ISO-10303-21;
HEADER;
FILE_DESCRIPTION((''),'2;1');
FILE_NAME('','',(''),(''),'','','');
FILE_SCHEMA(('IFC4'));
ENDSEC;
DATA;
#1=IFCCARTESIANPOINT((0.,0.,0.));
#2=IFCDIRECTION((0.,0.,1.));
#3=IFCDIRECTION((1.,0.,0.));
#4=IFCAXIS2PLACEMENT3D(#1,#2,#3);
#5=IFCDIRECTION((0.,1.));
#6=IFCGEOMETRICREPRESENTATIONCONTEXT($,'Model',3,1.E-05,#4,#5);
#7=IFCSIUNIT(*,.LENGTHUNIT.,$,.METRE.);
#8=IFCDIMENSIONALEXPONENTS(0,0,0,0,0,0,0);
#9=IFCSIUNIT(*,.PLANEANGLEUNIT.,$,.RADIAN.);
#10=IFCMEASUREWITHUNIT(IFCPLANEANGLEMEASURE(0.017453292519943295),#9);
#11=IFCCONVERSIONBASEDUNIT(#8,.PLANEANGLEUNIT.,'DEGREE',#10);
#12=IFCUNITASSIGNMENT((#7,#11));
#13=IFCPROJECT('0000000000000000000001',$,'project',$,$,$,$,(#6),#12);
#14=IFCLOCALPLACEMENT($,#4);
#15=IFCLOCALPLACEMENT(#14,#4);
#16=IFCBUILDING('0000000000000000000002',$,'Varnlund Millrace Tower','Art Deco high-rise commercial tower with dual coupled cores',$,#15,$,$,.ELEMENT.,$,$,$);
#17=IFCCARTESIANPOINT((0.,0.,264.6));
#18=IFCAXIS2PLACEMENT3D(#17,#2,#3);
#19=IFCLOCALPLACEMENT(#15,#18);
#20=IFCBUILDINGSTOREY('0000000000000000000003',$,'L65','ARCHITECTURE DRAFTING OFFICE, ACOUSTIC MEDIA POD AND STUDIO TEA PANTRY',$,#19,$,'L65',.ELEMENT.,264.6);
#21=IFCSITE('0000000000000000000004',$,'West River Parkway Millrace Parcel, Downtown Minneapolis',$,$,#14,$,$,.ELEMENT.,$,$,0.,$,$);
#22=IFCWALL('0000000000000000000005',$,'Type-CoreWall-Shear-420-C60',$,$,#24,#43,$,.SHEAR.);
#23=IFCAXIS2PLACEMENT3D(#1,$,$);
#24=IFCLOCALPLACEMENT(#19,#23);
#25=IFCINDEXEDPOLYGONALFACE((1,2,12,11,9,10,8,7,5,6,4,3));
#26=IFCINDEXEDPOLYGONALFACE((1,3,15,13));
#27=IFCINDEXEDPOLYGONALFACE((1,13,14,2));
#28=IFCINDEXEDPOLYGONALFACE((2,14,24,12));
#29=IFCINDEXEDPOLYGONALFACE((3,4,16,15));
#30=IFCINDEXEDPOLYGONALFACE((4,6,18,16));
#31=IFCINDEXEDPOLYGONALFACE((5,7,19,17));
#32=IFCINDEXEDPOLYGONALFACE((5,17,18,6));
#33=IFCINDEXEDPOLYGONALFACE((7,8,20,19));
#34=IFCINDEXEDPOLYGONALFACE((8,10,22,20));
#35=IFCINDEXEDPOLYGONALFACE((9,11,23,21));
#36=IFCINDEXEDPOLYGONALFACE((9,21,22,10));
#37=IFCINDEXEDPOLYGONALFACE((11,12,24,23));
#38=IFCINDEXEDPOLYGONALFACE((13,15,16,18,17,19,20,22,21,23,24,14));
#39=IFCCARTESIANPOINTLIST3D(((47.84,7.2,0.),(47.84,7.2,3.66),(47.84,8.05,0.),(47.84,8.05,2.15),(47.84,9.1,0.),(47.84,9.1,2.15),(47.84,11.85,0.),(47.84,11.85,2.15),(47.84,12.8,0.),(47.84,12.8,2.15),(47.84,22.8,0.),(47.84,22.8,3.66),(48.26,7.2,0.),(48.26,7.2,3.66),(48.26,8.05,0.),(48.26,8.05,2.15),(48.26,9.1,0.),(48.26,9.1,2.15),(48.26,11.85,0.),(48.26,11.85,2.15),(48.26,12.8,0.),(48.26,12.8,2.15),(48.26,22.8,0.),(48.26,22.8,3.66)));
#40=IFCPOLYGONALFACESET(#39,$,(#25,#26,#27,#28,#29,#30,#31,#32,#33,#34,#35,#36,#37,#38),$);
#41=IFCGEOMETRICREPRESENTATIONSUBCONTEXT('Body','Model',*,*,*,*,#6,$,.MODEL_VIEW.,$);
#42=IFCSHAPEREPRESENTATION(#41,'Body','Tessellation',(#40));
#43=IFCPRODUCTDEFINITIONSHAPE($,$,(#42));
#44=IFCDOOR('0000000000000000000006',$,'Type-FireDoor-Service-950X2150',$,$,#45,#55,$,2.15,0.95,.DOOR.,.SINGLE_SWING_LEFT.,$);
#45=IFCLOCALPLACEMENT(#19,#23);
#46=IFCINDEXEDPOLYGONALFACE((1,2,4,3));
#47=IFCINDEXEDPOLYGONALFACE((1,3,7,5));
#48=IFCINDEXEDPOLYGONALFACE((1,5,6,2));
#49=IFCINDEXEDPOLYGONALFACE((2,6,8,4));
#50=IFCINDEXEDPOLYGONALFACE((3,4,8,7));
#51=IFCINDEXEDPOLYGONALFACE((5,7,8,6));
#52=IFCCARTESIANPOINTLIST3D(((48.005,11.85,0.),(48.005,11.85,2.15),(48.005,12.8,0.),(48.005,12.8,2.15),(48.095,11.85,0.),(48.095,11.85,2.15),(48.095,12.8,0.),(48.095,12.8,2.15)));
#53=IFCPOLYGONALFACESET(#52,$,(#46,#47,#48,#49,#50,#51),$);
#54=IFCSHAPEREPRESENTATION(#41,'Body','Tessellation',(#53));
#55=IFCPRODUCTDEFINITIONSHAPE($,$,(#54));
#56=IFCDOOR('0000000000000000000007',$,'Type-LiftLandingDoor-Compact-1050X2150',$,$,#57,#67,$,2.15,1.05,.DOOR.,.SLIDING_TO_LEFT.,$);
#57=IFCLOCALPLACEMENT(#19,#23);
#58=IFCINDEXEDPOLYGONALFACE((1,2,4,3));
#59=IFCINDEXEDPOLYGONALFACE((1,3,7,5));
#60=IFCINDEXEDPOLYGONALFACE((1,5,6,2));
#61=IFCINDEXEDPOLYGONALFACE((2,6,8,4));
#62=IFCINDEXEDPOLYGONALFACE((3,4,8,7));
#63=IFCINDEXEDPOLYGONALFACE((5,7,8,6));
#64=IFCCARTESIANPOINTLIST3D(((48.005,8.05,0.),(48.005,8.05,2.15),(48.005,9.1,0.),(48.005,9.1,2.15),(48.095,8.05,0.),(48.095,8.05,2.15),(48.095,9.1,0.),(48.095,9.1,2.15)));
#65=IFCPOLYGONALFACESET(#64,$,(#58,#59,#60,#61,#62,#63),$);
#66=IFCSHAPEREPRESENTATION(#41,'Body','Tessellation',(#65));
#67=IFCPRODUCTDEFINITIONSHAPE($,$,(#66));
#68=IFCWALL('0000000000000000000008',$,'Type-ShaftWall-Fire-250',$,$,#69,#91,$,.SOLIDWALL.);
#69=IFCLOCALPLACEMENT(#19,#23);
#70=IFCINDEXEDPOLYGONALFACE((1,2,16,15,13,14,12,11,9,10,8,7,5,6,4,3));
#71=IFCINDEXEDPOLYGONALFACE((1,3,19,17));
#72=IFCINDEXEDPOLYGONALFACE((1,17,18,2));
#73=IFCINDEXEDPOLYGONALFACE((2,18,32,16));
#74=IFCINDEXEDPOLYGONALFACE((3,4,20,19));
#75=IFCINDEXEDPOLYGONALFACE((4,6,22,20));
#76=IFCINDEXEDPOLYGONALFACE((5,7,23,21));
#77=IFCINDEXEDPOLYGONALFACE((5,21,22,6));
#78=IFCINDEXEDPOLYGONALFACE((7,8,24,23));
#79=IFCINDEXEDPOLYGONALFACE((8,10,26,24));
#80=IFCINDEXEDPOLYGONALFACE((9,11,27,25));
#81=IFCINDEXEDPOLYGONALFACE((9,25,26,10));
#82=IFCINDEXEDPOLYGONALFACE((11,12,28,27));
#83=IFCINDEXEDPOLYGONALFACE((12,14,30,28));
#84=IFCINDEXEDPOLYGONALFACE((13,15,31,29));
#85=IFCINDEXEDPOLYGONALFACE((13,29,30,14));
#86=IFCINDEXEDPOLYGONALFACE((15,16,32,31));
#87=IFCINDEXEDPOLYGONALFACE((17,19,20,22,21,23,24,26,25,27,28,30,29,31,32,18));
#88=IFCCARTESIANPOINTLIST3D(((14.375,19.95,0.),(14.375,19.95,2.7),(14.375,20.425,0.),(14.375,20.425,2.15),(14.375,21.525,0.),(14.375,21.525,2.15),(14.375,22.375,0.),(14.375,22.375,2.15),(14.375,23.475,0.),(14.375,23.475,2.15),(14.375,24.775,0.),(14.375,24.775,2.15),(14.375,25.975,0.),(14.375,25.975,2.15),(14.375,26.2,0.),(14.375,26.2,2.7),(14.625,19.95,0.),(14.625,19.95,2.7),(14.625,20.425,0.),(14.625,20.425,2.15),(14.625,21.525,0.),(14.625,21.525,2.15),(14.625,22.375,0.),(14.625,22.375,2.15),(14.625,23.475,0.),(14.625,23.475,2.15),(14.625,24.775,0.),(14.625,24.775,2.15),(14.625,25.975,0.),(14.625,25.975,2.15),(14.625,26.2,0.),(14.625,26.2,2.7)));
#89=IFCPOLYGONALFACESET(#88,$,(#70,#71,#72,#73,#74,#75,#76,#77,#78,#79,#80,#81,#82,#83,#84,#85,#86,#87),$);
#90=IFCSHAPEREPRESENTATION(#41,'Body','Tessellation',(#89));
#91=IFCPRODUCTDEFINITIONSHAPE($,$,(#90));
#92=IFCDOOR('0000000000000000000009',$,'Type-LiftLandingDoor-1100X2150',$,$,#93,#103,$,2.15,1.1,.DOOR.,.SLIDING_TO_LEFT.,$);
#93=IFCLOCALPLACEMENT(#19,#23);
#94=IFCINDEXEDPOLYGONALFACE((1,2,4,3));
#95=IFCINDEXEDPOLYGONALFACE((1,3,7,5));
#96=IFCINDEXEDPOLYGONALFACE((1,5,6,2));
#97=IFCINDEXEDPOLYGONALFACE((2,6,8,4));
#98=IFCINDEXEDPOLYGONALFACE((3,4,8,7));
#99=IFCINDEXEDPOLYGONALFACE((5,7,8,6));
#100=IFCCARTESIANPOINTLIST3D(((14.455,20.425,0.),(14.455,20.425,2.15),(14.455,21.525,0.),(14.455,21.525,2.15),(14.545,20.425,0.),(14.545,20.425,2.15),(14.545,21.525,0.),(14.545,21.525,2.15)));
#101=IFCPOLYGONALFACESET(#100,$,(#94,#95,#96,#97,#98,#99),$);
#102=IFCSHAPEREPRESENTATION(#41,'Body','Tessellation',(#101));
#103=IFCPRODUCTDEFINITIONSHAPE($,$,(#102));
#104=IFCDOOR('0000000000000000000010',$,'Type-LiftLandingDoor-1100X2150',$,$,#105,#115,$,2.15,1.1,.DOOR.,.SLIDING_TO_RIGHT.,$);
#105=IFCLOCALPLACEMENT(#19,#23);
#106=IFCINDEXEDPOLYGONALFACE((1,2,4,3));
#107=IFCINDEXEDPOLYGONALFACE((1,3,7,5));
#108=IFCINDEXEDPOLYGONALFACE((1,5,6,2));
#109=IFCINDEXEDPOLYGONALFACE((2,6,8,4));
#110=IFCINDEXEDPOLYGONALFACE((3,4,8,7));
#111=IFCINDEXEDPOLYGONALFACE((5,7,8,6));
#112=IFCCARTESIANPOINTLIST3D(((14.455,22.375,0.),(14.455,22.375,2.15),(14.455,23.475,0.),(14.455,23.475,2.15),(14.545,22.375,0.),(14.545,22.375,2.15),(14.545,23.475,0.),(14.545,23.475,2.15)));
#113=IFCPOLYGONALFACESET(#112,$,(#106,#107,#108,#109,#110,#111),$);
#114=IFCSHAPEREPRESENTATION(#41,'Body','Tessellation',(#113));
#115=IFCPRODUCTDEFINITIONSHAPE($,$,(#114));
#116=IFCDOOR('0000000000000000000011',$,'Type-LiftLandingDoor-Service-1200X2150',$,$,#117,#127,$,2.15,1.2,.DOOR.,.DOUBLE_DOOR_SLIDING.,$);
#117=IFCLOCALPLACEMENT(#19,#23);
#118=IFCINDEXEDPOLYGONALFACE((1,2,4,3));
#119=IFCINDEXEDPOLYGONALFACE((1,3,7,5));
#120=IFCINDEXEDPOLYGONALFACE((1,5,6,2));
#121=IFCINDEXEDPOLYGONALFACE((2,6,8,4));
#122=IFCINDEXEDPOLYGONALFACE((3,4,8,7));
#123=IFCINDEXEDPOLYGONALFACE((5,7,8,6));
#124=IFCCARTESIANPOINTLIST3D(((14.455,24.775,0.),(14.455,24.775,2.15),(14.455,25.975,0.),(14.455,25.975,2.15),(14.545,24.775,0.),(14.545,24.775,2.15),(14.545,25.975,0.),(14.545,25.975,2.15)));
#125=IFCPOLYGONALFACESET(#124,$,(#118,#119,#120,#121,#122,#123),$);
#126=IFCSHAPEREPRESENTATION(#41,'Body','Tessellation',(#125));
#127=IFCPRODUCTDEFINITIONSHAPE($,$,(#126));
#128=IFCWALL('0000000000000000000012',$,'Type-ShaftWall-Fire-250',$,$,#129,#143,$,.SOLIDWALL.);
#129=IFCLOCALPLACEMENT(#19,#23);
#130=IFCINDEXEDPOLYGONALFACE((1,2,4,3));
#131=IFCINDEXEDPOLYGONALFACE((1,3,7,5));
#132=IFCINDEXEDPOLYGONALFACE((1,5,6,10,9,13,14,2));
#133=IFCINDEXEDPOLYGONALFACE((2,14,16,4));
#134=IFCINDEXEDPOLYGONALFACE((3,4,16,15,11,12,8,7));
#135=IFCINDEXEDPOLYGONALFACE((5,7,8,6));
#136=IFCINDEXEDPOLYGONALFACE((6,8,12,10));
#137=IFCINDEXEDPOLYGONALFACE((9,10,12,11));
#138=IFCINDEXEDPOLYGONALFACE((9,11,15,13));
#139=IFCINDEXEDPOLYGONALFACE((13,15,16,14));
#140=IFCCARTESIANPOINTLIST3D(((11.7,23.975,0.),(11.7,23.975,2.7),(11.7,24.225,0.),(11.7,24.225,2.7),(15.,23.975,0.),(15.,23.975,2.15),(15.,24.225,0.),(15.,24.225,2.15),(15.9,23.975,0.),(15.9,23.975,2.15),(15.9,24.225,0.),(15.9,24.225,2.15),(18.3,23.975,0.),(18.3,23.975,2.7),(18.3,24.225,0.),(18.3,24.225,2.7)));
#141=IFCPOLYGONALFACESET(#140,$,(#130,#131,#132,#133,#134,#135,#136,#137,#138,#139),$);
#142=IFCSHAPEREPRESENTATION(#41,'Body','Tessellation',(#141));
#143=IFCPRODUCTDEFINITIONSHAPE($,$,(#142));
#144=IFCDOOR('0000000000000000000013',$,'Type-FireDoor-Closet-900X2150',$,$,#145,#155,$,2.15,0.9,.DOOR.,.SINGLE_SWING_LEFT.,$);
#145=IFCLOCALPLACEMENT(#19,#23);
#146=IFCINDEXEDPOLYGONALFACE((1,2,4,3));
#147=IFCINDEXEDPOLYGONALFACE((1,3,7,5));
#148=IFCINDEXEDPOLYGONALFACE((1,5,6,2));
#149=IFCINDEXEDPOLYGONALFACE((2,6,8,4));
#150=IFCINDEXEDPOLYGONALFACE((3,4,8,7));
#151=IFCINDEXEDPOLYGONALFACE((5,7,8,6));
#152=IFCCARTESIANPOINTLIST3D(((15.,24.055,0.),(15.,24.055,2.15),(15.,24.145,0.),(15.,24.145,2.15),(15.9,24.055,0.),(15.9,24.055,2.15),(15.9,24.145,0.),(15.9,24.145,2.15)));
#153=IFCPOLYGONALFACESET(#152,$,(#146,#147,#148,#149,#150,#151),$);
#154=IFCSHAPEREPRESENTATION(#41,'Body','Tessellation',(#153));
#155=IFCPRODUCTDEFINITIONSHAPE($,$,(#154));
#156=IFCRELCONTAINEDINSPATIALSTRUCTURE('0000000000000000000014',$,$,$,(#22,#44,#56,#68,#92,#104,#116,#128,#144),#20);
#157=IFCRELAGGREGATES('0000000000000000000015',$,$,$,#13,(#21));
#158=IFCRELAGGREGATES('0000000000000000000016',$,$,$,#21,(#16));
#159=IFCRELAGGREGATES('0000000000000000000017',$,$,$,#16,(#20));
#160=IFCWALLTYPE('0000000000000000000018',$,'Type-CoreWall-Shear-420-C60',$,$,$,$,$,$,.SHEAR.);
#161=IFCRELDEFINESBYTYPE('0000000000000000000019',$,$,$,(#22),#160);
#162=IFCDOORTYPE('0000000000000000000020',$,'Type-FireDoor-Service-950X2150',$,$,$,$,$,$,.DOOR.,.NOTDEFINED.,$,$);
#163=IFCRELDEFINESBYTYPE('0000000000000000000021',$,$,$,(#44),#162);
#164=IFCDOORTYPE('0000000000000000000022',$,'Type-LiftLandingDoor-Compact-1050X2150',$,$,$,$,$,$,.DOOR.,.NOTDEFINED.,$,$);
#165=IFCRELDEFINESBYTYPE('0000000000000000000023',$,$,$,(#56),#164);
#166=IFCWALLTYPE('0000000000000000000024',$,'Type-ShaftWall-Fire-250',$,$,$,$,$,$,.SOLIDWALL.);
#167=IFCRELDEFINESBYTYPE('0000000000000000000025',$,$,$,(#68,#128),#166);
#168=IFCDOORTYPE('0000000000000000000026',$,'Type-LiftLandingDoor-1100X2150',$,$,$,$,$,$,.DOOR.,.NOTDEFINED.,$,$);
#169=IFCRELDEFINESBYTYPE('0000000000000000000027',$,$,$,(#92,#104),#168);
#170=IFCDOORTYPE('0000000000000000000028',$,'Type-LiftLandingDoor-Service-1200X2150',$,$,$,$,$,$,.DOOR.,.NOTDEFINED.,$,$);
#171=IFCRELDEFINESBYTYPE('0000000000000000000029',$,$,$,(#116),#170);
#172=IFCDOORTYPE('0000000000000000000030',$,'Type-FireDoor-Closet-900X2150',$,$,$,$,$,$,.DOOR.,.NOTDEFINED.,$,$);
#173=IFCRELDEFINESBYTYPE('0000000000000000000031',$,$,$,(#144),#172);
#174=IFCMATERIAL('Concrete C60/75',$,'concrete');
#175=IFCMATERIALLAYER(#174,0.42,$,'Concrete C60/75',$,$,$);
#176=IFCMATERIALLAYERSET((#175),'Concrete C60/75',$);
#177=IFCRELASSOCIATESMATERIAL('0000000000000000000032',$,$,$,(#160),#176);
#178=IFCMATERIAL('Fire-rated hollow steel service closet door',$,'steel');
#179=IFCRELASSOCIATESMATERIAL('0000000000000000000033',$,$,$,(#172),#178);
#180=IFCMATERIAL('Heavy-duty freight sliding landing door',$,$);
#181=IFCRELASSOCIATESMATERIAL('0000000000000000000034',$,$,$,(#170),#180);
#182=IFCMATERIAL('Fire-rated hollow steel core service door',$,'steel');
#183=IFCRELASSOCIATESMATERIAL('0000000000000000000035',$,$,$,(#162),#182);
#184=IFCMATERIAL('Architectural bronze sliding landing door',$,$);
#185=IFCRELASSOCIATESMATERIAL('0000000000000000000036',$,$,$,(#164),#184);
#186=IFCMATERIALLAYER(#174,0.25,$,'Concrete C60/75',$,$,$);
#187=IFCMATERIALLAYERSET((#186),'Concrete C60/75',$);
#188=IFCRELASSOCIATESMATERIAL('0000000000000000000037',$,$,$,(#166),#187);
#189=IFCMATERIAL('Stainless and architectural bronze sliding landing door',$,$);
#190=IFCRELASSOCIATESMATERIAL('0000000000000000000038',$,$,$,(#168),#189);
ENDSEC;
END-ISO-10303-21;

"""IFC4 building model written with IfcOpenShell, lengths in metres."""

from ifc_helpers import new_model, entity, si_unit, converted_unit, direction, frame, origin_with_axes, origin_2d_with_axis, place, context, subcontext, project, spatial, polyline, rectangle, outline, extrude, material, layer, layer_set, type_object, element, fill, save


model = new_model("IFC4")

# Units and contexts
model_context = context("Model", 3, precision=1e-05, world=origin_with_axes(), true_north=direction((0.0, 1.0)))
body_context = subcontext(model_context, "Body", "Model", "MODEL_VIEW")
ifc_project = project(units=[si_unit("LENGTHUNIT", "METRE"), converted_unit("PLANEANGLEUNIT", "DEGREE", entity("IfcPlaneAngleMeasure", 0.017453292519943295), si_unit("PLANEANGLEUNIT", "RADIAN"), dimensions=[0, 0, 0, 0, 0, 0, 0])], contexts=[model_context])

# Site, building, storey
site_placement = place(None, origin_with_axes())
site = spatial("IfcSite", under=ifc_project, at=site_placement, Name="West River Parkway Millrace Parcel, Downtown Minneapolis", CompositionType="ELEMENT", RefElevation=0.0)
building_placement = place(site_placement, origin_with_axes())
building = spatial("IfcBuilding", under=site, at=building_placement, Name="Varnlund Millrace Tower", Description="Art Deco high-rise commercial tower with dual coupled cores", CompositionType="ELEMENT")
storey_placement = place(building_placement, frame((0.0, 0.0, 264.6), z_axis=(0.0, 0.0, 1.0), x_axis=(1.0, 0.0, 0.0)))
storey = spatial("IfcBuildingStorey", under=building, at=storey_placement, Name="L65", Description="ARCHITECTURE DRAFTING OFFICE, ACOUSTIC MEDIA POD AND STUDIO TEA PANTRY", LongName="L65", CompositionType="ELEMENT", Elevation=264.6)

# Shared definitions
ifc_material_1 = material(Name="Concrete C60/75", Category="concrete")
ifc_layer_1 = layer(ifc_material_1, 0.42, Name="Concrete C60/75")
ifc_layer_set_1 = layer_set([ifc_layer_1], Name="Concrete C60/75")
wall_type_1 = type_object("IfcWallType", Name="Type-CoreWall-Shear-420-C60", PredefinedType="SHEAR", material=ifc_layer_set_1)
ifc_material_2 = material(Name="Fire-rated hollow steel service closet door", Category="steel")
door_type_1 = type_object("IfcDoorType", Name="Type-FireDoor-Closet-900X2150", OperationType="NOTDEFINED", PredefinedType="DOOR", material=ifc_material_2)
ifc_material_3 = material(Name="Heavy-duty freight sliding landing door")
door_type_2 = type_object("IfcDoorType", Name="Type-LiftLandingDoor-Service-1200X2150", OperationType="NOTDEFINED", PredefinedType="DOOR", material=ifc_material_3)

# Walls, openings, doors
wall_1_placement = place(storey_placement, frame((48.05, 7.2, 0.0), z_axis=(0.0, 0.0, 1.0), x_axis=(0.0, 1.0, 0.0)))
wall_1 = element("IfcWall", 1, at=wall_1_placement, inside=storey, type_object=wall_type_1, Name="Type-CoreWall-Shear-420-C60", PredefinedType="SHEAR", context=body_context, shape_type="SweptSolid", body=[
    extrude(outline(polyline([(0.0, -0.21), (15.6, -0.21), (15.6, 0.21), (0.0, 0.21), (0.0, -0.21)])), origin_with_axes(), (0.0, 0.0, 1.0), 3.66),
])
opening_1_placement = place(wall_1_placement, frame((1.375, 0.0, 0.0), z_axis=(0.0, 0.0, 1.0), x_axis=(1.0, 0.0, 0.0)))
opening_1 = element("IfcOpeningElement", 2, at=opening_1_placement, cuts=wall_1, PredefinedType="OPENING", context=body_context, shape_type="SweptSolid", body=[
    extrude(rectangle(XDim=1.05, YDim=0.44, at=origin_2d_with_axis()), origin_with_axes(), (0.0, 0.0, 1.0), 2.15),
])
opening_2_placement = place(wall_1_placement, frame((5.125, 0.0, 0.0), z_axis=(0.0, 0.0, 1.0), x_axis=(1.0, 0.0, 0.0)))
opening_2 = element("IfcOpeningElement", 3, at=opening_2_placement, cuts=wall_1, PredefinedType="OPENING", context=body_context, shape_type="SweptSolid", body=[
    extrude(rectangle(XDim=0.95, YDim=0.44, at=origin_2d_with_axis()), origin_with_axes(), (0.0, 0.0, 1.0), 2.15),
])
ifc_material_4 = material(Name="Fire-rated hollow steel core service door", Category="steel")
door_type_3 = type_object("IfcDoorType", Name="Type-FireDoor-Service-950X2150", OperationType="NOTDEFINED", PredefinedType="DOOR", material=ifc_material_4)
door_1_placement = place(wall_1_placement, frame((5.125, 0.0, 0.0), z_axis=(0.0, 0.0, 1.0), x_axis=(1.0, 0.0, 0.0)))
door_1 = element("IfcDoor", 4, at=door_1_placement, inside=storey, type_object=door_type_3, Name="Type-FireDoor-Service-950X2150", OperationType="SINGLE_SWING_LEFT", OverallHeight=2.15, OverallWidth=0.95, PredefinedType="DOOR", context=body_context, shape_type="SweptSolid", body=[
    extrude(rectangle(XDim=0.95, YDim=0.09, at=origin_2d_with_axis()), origin_with_axes(), (0.0, 0.0, 1.0), 2.15),
])
fill(opening_2, door_1)
ifc_material_5 = material(Name="Architectural bronze sliding landing door")
door_type_4 = type_object("IfcDoorType", Name="Type-LiftLandingDoor-Compact-1050X2150", OperationType="NOTDEFINED", PredefinedType="DOOR", material=ifc_material_5)
door_2_placement = place(wall_1_placement, frame((1.375, 0.0, 0.0), z_axis=(0.0, 0.0, 1.0), x_axis=(1.0, 0.0, 0.0)))
door_2 = element("IfcDoor", 5, at=door_2_placement, inside=storey, type_object=door_type_4, Name="Type-LiftLandingDoor-Compact-1050X2150", OperationType="SLIDING_TO_LEFT", OverallHeight=2.15, OverallWidth=1.05, PredefinedType="DOOR", context=body_context, shape_type="SweptSolid", body=[
    extrude(rectangle(XDim=1.05, YDim=0.09, at=origin_2d_with_axis()), origin_with_axes(), (0.0, 0.0, 1.0), 2.15),
])
fill(opening_1, door_2)
ifc_layer_2 = layer(ifc_material_1, 0.25, Name="Concrete C60/75")
ifc_layer_set_2 = layer_set([ifc_layer_2], Name="Concrete C60/75")
wall_type_2 = type_object("IfcWallType", Name="Type-ShaftWall-Fire-250", PredefinedType="SOLIDWALL", material=ifc_layer_set_2)
wall_2_placement = place(storey_placement, frame((14.5, 19.95, 0.0), z_axis=(0.0, 0.0, 1.0), x_axis=(0.0, 1.0, 0.0)))
wall_2 = element("IfcWall", 6, at=wall_2_placement, inside=storey, type_object=wall_type_2, Name="Type-ShaftWall-Fire-250", PredefinedType="SOLIDWALL", context=body_context, shape_type="SweptSolid", body=[
    extrude(outline(polyline([(0.0, -0.125), (6.25, -0.125), (6.25, 0.125), (0.0, 0.125), (0.0, -0.125)])), origin_with_axes(), (0.0, 0.0, 1.0), 2.7),
])
opening_3_placement = place(wall_2_placement, frame((1.025, 0.0, 0.0), z_axis=(0.0, 0.0, 1.0), x_axis=(1.0, 0.0, 0.0)))
opening_3 = element("IfcOpeningElement", 7, at=opening_3_placement, cuts=wall_2, PredefinedType="OPENING", context=body_context, shape_type="SweptSolid", body=[
    extrude(rectangle(XDim=1.1, YDim=0.27, at=origin_2d_with_axis()), origin_with_axes(), (0.0, 0.0, 1.0), 2.15),
])
opening_4_placement = place(wall_2_placement, frame((2.975, 0.0, 0.0), z_axis=(0.0, 0.0, 1.0), x_axis=(1.0, 0.0, 0.0)))
opening_4 = element("IfcOpeningElement", 8, at=opening_4_placement, cuts=wall_2, PredefinedType="OPENING", context=body_context, shape_type="SweptSolid", body=[
    extrude(rectangle(XDim=1.1, YDim=0.27, at=origin_2d_with_axis()), origin_with_axes(), (0.0, 0.0, 1.0), 2.15),
])
opening_5_placement = place(wall_2_placement, frame((5.425, 0.0, 0.0), z_axis=(0.0, 0.0, 1.0), x_axis=(1.0, 0.0, 0.0)))
opening_5 = element("IfcOpeningElement", 9, at=opening_5_placement, cuts=wall_2, PredefinedType="OPENING", context=body_context, shape_type="SweptSolid", body=[
    extrude(rectangle(XDim=1.2, YDim=0.27, at=origin_2d_with_axis()), origin_with_axes(), (0.0, 0.0, 1.0), 2.15),
])
ifc_material_6 = material(Name="Stainless and architectural bronze sliding landing door")
door_type_5 = type_object("IfcDoorType", Name="Type-LiftLandingDoor-1100X2150", OperationType="NOTDEFINED", PredefinedType="DOOR", material=ifc_material_6)
door_3_placement = place(wall_2_placement, frame((1.025, 0.0, 0.0), z_axis=(0.0, 0.0, 1.0), x_axis=(1.0, 0.0, 0.0)))
door_3 = element("IfcDoor", 10, at=door_3_placement, inside=storey, type_object=door_type_5, Name="Type-LiftLandingDoor-1100X2150", OperationType="SLIDING_TO_LEFT", OverallHeight=2.15, OverallWidth=1.1, PredefinedType="DOOR", context=body_context, shape_type="SweptSolid", body=[
    extrude(rectangle(XDim=1.1, YDim=0.09, at=origin_2d_with_axis()), origin_with_axes(), (0.0, 0.0, 1.0), 2.15),
])
fill(opening_3, door_3)
door_4_placement = place(wall_2_placement, frame((2.975, 0.0, 0.0), z_axis=(0.0, 0.0, 1.0), x_axis=(1.0, 0.0, 0.0)))
door_4 = element("IfcDoor", 11, at=door_4_placement, inside=storey, type_object=door_type_5, Name="Type-LiftLandingDoor-1100X2150", OperationType="SLIDING_TO_RIGHT", OverallHeight=2.15, OverallWidth=1.1, PredefinedType="DOOR", context=body_context, shape_type="SweptSolid", body=[
    extrude(rectangle(XDim=1.1, YDim=0.09, at=origin_2d_with_axis()), origin_with_axes(), (0.0, 0.0, 1.0), 2.15),
])
fill(opening_4, door_4)
door_5_placement = place(wall_2_placement, frame((5.425, 0.0, 0.0), z_axis=(0.0, 0.0, 1.0), x_axis=(1.0, 0.0, 0.0)))
door_5 = element("IfcDoor", 12, at=door_5_placement, inside=storey, type_object=door_type_2, Name="Type-LiftLandingDoor-Service-1200X2150", OperationType="DOUBLE_DOOR_SLIDING", OverallHeight=2.15, OverallWidth=1.2, PredefinedType="DOOR", context=body_context, shape_type="SweptSolid", body=[
    extrude(rectangle(XDim=1.2, YDim=0.09, at=origin_2d_with_axis()), origin_with_axes(), (0.0, 0.0, 1.0), 2.15),
])
fill(opening_5, door_5)

# Wall, opening, door
wall_3_placement = place(storey_placement, frame((11.7, 24.1, 0.0), z_axis=(0.0, 0.0, 1.0), x_axis=(1.0, 0.0, 0.0)))
wall_3 = element("IfcWall", 13, at=wall_3_placement, inside=storey, type_object=wall_type_2, Name="Type-ShaftWall-Fire-250", PredefinedType="SOLIDWALL", context=body_context, shape_type="SweptSolid", body=[
    extrude(outline(polyline([(0.0, -0.125), (6.6, -0.125), (6.6, 0.125), (0.0, 0.125), (0.0, -0.125)])), origin_with_axes(), (0.0, 0.0, 1.0), 2.7),
])
opening_6_placement = place(wall_3_placement, frame((3.75, 0.0, 0.0), z_axis=(0.0, 0.0, 1.0), x_axis=(1.0, 0.0, 0.0)))
opening_6 = element("IfcOpeningElement", 14, at=opening_6_placement, cuts=wall_3, PredefinedType="OPENING", context=body_context, shape_type="SweptSolid", body=[
    extrude(rectangle(XDim=0.9, YDim=0.27, at=origin_2d_with_axis()), origin_with_axes(), (0.0, 0.0, 1.0), 2.15),
])
door_6_placement = place(wall_3_placement, frame((3.75, 0.0, 0.0), z_axis=(0.0, 0.0, 1.0), x_axis=(1.0, 0.0, 0.0)))
door_6 = element("IfcDoor", 15, at=door_6_placement, inside=storey, type_object=door_type_1, Name="Type-FireDoor-Closet-900X2150", OperationType="SINGLE_SWING_LEFT", OverallHeight=2.15, OverallWidth=0.9, PredefinedType="DOOR", context=body_context, shape_type="SweptSolid", body=[
    extrude(rectangle(XDim=0.9, YDim=0.09, at=origin_2d_with_axis()), origin_with_axes(), (0.0, 0.0, 1.0), 2.15),
])
fill(opening_6, door_6)

save(model, "model.ifc")
